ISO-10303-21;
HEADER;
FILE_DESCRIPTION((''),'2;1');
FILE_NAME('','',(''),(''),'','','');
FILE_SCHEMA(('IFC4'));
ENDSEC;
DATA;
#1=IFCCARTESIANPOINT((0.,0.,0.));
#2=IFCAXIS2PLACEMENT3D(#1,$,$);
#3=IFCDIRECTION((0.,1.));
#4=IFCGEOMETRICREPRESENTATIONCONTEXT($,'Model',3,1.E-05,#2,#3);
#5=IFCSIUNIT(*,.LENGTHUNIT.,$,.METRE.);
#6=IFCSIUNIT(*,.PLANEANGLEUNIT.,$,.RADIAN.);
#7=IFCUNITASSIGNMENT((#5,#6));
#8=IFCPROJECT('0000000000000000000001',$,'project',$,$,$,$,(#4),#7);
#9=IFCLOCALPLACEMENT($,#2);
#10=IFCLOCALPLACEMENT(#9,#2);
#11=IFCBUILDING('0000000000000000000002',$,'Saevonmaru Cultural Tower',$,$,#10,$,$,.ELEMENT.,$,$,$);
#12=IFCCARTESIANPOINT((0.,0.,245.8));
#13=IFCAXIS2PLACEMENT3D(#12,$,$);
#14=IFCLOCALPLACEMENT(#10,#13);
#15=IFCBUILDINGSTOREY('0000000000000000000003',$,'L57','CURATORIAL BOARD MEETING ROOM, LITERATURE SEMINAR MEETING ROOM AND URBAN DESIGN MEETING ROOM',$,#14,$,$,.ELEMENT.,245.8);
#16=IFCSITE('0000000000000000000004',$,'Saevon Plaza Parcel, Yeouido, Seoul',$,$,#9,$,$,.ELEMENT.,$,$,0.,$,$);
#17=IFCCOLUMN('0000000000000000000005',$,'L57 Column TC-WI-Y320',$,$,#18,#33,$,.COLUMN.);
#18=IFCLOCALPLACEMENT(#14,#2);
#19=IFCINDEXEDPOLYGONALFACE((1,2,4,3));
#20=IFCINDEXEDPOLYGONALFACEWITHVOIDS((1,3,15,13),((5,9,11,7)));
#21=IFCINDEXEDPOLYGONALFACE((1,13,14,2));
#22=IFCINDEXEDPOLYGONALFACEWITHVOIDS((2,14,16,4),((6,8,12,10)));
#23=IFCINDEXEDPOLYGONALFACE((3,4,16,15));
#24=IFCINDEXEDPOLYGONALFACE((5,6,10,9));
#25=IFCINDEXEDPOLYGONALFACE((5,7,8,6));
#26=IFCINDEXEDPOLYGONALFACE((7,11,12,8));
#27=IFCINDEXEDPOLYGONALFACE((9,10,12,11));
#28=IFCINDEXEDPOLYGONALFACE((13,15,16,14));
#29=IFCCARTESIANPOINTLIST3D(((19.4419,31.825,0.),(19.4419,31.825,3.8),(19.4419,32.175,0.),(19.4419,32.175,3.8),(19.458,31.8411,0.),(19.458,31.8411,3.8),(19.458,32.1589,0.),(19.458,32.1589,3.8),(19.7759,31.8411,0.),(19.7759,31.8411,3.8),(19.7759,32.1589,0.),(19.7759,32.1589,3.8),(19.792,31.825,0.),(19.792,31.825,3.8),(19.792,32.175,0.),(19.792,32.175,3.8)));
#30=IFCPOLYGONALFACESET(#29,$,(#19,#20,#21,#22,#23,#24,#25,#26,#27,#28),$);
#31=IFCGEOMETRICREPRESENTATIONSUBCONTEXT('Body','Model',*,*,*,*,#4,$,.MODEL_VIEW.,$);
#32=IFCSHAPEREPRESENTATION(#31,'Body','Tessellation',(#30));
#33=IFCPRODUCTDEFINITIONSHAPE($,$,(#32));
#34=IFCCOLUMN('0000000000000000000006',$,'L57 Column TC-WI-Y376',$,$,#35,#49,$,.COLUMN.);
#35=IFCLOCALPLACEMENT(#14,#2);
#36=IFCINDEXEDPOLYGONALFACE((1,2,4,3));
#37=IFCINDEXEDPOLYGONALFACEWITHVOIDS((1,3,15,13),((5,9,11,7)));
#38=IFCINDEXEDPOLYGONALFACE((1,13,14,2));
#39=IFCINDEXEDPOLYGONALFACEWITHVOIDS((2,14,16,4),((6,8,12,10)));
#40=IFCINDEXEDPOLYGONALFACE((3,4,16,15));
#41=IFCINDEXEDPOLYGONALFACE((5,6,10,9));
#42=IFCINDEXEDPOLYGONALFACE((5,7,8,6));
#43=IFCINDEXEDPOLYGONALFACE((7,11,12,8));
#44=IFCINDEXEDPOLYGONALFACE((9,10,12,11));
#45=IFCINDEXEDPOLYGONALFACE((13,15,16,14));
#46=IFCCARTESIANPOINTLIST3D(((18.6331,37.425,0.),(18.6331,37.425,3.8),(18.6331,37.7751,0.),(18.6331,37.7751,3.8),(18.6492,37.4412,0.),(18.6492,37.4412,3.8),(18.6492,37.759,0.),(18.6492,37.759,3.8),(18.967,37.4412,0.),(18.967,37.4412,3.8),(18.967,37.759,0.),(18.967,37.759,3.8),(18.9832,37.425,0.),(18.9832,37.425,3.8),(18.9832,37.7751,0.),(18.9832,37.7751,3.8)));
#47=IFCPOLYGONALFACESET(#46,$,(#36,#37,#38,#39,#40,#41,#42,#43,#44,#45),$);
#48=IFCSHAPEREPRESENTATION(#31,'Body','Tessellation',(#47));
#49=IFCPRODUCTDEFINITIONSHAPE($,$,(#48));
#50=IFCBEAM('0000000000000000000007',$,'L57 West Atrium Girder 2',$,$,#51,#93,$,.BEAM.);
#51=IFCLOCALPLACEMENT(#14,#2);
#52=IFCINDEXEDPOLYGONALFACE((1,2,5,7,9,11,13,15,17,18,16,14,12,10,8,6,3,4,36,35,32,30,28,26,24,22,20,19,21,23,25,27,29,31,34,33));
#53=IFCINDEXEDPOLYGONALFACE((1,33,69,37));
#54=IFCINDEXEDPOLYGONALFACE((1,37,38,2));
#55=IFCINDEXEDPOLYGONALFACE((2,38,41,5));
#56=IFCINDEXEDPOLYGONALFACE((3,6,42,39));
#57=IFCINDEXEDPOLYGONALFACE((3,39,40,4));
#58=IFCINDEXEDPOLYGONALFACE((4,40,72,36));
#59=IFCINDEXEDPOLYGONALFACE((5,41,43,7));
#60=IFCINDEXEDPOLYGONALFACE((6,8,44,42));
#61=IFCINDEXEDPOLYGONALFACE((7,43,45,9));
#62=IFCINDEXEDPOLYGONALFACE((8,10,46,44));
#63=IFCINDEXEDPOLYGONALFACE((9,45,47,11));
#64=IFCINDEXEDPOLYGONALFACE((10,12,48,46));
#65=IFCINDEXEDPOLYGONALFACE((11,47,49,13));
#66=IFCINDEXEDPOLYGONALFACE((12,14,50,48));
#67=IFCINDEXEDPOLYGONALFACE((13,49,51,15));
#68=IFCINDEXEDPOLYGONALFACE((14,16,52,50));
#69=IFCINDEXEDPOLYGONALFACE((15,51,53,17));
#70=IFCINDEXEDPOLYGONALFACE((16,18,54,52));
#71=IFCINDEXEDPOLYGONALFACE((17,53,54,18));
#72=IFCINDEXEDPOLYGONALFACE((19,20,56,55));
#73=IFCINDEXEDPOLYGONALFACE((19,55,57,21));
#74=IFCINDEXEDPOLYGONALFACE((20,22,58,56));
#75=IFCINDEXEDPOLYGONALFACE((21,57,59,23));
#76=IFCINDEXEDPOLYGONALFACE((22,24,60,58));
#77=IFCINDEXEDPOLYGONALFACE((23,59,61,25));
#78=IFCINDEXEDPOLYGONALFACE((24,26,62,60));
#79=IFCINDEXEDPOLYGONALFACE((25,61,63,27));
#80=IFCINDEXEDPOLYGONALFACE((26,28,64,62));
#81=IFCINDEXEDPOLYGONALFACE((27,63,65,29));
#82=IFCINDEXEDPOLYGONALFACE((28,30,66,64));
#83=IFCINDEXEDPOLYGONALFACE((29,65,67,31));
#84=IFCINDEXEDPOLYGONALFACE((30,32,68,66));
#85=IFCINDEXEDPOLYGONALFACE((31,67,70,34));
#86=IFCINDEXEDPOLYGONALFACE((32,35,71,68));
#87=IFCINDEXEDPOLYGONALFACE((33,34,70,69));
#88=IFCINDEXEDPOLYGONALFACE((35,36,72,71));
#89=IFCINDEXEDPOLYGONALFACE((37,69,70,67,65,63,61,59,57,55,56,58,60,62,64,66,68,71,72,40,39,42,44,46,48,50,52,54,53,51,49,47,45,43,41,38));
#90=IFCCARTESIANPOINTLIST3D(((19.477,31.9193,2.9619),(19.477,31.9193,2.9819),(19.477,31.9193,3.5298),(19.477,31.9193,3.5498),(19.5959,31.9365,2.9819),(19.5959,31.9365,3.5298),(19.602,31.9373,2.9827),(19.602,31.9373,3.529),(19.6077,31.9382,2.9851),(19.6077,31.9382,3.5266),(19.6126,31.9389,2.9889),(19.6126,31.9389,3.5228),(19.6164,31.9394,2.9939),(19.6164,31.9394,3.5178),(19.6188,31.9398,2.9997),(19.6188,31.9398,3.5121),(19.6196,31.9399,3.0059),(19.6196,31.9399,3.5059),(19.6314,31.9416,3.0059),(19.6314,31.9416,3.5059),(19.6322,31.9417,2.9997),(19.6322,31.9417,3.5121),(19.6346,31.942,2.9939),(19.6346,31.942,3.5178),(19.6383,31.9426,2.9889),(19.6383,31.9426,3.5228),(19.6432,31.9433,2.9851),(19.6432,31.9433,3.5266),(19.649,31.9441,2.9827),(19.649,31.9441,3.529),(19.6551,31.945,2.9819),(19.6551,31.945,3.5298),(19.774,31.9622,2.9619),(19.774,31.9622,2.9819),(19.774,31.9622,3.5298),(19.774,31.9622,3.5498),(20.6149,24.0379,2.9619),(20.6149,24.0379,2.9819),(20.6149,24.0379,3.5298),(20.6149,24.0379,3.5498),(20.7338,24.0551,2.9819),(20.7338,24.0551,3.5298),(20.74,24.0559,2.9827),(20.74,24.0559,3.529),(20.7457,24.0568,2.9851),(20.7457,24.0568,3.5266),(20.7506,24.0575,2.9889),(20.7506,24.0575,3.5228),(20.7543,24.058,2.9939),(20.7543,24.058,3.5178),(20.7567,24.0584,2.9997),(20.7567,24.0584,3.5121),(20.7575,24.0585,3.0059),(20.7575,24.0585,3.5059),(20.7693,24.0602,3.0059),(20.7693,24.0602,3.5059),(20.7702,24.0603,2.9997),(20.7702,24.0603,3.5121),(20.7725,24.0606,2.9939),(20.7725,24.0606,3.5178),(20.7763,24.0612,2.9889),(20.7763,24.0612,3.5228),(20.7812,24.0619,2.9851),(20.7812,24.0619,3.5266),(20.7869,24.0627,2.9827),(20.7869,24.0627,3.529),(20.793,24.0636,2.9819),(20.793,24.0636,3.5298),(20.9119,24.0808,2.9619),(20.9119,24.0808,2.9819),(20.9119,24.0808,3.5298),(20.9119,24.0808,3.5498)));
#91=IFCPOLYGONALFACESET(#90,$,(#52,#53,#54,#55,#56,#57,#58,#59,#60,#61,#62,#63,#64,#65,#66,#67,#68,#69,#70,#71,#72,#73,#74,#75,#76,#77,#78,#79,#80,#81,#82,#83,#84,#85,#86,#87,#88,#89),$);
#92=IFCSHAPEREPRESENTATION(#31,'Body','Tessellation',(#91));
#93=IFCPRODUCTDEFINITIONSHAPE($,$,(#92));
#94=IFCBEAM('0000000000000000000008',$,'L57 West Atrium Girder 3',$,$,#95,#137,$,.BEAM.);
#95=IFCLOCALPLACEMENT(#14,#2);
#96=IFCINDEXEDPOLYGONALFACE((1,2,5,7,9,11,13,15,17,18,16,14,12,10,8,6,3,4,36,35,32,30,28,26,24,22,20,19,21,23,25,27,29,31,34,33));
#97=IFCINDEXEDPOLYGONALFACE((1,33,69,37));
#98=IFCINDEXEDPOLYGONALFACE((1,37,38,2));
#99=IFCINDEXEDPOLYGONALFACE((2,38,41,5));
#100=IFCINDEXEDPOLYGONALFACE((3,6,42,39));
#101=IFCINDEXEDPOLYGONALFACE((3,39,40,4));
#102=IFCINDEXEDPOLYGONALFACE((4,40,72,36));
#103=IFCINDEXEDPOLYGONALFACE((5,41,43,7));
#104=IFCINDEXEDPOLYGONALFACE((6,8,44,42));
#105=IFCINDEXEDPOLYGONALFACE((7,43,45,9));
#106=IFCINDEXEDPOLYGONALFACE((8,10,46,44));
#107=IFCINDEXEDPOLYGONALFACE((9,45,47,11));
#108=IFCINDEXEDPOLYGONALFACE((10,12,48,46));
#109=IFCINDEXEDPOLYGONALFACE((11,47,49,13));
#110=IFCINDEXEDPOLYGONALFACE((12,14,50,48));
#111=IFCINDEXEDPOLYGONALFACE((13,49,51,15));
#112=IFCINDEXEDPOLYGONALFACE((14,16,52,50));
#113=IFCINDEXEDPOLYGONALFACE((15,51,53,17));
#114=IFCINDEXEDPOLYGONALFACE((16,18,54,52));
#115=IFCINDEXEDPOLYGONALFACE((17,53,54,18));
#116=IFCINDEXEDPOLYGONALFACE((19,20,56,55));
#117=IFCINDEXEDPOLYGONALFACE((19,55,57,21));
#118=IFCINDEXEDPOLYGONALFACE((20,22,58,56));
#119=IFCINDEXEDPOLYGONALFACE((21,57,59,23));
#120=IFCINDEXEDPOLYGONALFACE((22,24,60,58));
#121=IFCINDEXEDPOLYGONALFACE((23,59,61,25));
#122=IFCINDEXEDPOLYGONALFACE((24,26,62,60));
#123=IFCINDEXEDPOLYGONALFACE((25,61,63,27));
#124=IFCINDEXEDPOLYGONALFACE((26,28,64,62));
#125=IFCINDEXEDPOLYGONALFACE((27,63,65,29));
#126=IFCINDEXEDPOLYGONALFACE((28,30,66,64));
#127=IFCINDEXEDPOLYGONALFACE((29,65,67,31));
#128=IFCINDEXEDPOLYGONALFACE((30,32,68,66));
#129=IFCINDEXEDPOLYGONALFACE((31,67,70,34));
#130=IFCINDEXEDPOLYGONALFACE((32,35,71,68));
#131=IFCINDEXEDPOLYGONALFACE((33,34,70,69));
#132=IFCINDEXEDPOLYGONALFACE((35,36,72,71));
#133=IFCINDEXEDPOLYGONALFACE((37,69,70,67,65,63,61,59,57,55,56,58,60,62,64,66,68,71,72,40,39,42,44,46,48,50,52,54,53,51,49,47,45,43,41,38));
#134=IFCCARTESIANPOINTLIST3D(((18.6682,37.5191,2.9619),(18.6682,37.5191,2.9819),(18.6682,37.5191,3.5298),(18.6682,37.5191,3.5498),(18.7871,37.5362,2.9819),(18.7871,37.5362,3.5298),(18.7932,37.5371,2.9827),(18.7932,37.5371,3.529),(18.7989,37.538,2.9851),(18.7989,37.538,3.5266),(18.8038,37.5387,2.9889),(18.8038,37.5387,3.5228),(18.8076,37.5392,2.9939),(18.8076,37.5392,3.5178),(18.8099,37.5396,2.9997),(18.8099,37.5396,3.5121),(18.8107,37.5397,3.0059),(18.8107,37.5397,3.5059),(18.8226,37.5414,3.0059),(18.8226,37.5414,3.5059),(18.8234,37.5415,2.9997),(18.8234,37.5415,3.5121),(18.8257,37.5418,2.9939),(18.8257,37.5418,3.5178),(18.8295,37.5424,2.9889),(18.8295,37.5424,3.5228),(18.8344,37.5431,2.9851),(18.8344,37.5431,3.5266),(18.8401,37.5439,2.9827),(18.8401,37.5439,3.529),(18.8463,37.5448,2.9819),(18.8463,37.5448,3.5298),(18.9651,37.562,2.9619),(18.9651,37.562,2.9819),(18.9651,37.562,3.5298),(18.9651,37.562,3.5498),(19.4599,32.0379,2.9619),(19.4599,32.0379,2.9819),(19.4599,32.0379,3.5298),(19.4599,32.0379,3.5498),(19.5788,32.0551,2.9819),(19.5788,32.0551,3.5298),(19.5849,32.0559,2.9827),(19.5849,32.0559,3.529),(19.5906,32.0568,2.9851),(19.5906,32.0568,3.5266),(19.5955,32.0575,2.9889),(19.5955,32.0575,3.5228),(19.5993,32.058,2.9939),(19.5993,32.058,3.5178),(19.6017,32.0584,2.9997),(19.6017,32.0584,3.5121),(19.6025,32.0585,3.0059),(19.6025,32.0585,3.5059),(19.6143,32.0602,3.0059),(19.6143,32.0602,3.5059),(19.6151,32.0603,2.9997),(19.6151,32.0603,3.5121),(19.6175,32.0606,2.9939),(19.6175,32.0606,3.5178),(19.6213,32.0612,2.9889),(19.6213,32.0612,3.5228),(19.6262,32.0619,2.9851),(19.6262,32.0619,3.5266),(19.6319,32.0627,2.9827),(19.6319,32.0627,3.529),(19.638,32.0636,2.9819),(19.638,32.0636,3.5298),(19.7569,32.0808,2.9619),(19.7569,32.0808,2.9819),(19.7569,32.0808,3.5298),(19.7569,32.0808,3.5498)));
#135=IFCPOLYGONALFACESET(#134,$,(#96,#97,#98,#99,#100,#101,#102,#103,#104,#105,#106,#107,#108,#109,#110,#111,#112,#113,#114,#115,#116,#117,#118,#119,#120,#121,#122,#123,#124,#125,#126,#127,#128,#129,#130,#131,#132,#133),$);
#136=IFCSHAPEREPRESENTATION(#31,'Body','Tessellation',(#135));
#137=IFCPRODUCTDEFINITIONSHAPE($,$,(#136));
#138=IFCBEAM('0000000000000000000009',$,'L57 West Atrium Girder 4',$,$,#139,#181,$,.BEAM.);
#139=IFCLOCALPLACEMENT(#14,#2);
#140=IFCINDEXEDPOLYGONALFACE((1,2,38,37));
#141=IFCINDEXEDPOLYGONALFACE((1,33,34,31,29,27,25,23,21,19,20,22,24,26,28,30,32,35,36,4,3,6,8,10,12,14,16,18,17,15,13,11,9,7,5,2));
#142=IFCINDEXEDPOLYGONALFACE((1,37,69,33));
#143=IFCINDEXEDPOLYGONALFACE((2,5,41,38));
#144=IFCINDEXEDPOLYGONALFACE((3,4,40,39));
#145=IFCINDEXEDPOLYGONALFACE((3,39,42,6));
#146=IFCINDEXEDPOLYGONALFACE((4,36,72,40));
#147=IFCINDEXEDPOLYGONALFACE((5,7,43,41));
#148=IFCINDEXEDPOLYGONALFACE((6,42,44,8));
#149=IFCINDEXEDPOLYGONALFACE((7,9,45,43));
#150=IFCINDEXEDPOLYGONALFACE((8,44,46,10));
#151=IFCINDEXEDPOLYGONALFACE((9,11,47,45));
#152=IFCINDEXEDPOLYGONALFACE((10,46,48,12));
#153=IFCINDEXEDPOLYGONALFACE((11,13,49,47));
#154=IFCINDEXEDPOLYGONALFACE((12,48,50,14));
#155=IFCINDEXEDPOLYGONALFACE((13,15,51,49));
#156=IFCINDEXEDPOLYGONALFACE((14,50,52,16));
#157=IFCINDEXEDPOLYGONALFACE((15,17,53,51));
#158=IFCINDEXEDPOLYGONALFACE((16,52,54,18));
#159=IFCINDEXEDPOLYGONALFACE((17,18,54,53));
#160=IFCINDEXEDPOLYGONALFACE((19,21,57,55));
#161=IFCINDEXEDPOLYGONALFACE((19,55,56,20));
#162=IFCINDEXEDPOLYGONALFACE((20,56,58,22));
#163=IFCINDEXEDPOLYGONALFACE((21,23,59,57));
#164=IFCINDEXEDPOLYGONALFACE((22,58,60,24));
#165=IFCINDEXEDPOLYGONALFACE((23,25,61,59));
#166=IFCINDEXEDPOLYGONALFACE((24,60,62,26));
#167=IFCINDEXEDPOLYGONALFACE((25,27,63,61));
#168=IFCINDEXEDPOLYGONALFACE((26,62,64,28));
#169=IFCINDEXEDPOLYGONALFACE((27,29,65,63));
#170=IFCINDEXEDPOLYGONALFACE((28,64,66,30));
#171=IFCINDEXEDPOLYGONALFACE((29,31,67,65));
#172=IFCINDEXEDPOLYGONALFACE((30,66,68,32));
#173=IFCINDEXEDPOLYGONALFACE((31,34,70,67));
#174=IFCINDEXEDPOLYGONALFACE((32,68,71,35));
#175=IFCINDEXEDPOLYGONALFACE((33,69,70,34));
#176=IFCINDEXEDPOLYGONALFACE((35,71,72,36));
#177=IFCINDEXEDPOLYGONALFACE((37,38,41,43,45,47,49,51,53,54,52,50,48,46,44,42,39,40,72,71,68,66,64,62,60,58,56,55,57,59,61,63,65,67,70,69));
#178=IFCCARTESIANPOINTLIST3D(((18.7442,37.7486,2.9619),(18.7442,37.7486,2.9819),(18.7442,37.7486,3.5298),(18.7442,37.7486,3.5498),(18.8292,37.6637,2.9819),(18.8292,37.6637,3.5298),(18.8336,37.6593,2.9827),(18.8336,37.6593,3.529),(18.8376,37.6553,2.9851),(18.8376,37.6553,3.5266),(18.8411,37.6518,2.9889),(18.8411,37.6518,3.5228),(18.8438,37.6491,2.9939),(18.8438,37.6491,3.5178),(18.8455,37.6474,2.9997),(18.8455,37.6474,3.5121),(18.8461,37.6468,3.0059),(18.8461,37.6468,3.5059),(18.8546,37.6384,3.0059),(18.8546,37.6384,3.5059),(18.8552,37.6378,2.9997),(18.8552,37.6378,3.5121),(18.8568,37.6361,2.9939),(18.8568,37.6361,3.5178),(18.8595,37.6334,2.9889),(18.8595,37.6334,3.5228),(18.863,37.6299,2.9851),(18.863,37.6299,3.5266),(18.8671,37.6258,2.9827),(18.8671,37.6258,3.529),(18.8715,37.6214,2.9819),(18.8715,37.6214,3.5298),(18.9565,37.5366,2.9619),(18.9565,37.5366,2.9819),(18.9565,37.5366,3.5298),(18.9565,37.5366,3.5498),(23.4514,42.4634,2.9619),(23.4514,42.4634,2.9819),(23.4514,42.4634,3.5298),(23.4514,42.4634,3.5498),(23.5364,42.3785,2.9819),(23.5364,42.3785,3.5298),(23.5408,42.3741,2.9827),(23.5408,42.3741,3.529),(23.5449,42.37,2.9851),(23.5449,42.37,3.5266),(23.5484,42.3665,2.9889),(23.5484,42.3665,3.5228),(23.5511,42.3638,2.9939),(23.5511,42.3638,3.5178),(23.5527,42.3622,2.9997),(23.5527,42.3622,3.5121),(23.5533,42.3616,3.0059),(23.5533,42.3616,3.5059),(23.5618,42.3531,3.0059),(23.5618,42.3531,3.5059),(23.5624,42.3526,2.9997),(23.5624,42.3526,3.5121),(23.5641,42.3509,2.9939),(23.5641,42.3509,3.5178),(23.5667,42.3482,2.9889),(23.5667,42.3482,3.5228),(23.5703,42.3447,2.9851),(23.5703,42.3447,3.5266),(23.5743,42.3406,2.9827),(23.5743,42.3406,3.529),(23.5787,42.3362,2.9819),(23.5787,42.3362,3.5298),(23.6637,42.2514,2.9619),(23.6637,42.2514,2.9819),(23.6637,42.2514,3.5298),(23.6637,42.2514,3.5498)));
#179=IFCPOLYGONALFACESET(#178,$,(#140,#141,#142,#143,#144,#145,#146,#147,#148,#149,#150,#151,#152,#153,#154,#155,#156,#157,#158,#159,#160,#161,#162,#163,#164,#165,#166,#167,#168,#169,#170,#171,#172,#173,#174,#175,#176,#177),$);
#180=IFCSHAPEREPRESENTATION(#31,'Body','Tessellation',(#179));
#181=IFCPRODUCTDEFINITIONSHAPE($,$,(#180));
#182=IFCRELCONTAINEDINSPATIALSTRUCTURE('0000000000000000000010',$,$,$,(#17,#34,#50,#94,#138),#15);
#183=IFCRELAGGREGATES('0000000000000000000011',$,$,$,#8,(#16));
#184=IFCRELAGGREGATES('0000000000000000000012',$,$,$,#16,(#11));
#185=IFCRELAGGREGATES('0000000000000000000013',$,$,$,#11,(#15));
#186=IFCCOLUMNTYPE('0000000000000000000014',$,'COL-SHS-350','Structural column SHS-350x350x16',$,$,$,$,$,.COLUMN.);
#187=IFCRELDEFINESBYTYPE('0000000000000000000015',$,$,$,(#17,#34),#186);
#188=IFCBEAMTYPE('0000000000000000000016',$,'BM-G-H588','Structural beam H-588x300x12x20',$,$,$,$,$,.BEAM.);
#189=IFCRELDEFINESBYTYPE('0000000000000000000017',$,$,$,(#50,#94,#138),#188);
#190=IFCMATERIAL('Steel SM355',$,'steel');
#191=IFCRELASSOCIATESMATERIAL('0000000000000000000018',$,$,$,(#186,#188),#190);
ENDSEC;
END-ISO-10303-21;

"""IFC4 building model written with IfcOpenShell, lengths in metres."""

from ifc_helpers import new_model, si_unit, direction, frame, origin, origin_2d, place, context, subcontext, project, spatial, hollow_rectangle, i_section, extrude, material, material_profile, profile_set, type_object, element, save


model = new_model("IFC4")

# Units and contexts
model_context = context("Model", 3, precision=1e-05, world=origin(), true_north=direction((0.0, 1.0)))
body_context = subcontext(model_context, "Body", "Model", "MODEL_VIEW")
ifc_project = project(units=[si_unit("LENGTHUNIT", "METRE"), si_unit("PLANEANGLEUNIT", "RADIAN")], contexts=[model_context])

# Site, building, storey
site_placement = place(None, origin())
site = spatial("IfcSite", under=ifc_project, at=site_placement, Name="Saevon Plaza Parcel, Yeouido, Seoul", CompositionType="ELEMENT", RefElevation=0.0)
building_placement = place(site_placement, origin())
building = spatial("IfcBuilding", under=site, at=building_placement, Name="Saevonmaru Cultural Tower", CompositionType="ELEMENT")
storey_placement = place(building_placement, frame((0.0, 0.0, 245.8)))
storey = spatial("IfcBuildingStorey", under=building, at=storey_placement, Name="L57", Description="CURATORIAL BOARD MEETING ROOM, LITERATURE SEMINAR MEETING ROOM AND URBAN DESIGN MEETING ROOM", CompositionType="ELEMENT", Elevation=245.8)

# Columns
ifc_material_1 = material(Name="Steel SM355", Category="steel")
ifc_material_profile_1 = material_profile(ifc_material_1, hollow_rectangle(XDim=0.3501, YDim=0.3501, WallThickness=0.0161, at=origin_2d()), Name="SHS-350x350x16")
ifc_profile_set_1 = profile_set([ifc_material_profile_1], Name="Steel SM355")
column_type = type_object("IfcColumnType", Name="COL-SHS-350", Description="Structural column SHS-350x350x16", PredefinedType="COLUMN", material=ifc_profile_set_1)
for number, where, z_axis, x_axis, name in (
    (1, (19.6169, 32.0, 0.0), (0.0, 0.0, 1.0), (1.0, 0.0, 0.0), "L57 Column TC-WI-Y320"),
    (2, (18.8081, 37.6001, 0.0), (0.0, 0.0, 1.0), (1.0, 0.0, 0.0), "L57 Column TC-WI-Y376"),
):
    element("IfcColumn", number, at=place(storey_placement, frame(where, z_axis=z_axis, x_axis=x_axis)), inside=storey, type_object=column_type, Name=name, PredefinedType="COLUMN", context=body_context, shape_type="SweptSolid", body=[
        extrude(hollow_rectangle(XDim=0.3501, YDim=0.3501, WallThickness=0.0161, at=origin_2d()), origin(), (0.0, 0.0, 1.0), 3.8),
    ])

# Beams
ifc_material_profile_2 = material_profile(ifc_material_1, i_section(OverallWidth=0.3, OverallDepth=0.5879, WebThickness=0.012, FlangeThickness=0.02, FilletRadius=0.0239, at=origin_2d()), Name="H-588x300x12x20")
ifc_profile_set_2 = profile_set([ifc_material_profile_2], Name="Steel SM355")
beam_type = type_object("IfcBeamType", Name="BM-G-H588", Description="Structural beam H-588x300x12x20", PredefinedType="BEAM", material=ifc_profile_set_2)
beam_1_placement = place(storey_placement, frame((20.7634, 24.0593, 3.2559), z_axis=(-0.142902, 0.989737, 0.0), x_axis=(-0.989737, -0.142902, 0.0)))
element("IfcBeam", 3, at=beam_1_placement, inside=storey, type_object=beam_type, Name="L57 West Atrium Girder 2", PredefinedType="BEAM", context=body_context, shape_type="SweptSolid", body=[
    extrude(i_section(OverallWidth=0.3, OverallDepth=0.5879, WebThickness=0.012, FlangeThickness=0.02, FilletRadius=0.0239, at=origin_2d()), origin(), (0.0, 0.0, 1.0), 7.9631),
])
beam_2_placement = place(storey_placement, frame((19.6084, 32.0593, 3.2559), z_axis=(-0.142964, 0.989728, 0.0), x_axis=(-0.989728, -0.142964, 0.0)))
element("IfcBeam", 4, at=beam_2_placement, inside=storey, type_object=beam_type, Name="L57 West Atrium Girder 3", PredefinedType="BEAM", context=body_context, shape_type="SweptSolid", body=[
    extrude(i_section(OverallWidth=0.3, OverallDepth=0.5879, WebThickness=0.012, FlangeThickness=0.02, FilletRadius=0.0239, at=origin_2d()), origin(), (0.0, 0.0, 1.0), 5.5381),
])
beam_3_placement = place(storey_placement, frame((18.8503, 37.6426, 3.2559), z_axis=(0.706539, 0.707675, 0.0), x_axis=(-0.707675, 0.706539, 0.0)))
element("IfcBeam", 5, at=beam_3_placement, inside=storey, type_object=beam_type, Name="L57 West Atrium Girder 4", PredefinedType="BEAM", context=body_context, shape_type="SweptSolid", body=[
    extrude(i_section(OverallWidth=0.3, OverallDepth=0.5879, WebThickness=0.012, FlangeThickness=0.02, FilletRadius=0.0239, at=origin_2d()), origin(), (0.0, 0.0, 1.0), 6.6624),
])

save(model, "model.ifc")
